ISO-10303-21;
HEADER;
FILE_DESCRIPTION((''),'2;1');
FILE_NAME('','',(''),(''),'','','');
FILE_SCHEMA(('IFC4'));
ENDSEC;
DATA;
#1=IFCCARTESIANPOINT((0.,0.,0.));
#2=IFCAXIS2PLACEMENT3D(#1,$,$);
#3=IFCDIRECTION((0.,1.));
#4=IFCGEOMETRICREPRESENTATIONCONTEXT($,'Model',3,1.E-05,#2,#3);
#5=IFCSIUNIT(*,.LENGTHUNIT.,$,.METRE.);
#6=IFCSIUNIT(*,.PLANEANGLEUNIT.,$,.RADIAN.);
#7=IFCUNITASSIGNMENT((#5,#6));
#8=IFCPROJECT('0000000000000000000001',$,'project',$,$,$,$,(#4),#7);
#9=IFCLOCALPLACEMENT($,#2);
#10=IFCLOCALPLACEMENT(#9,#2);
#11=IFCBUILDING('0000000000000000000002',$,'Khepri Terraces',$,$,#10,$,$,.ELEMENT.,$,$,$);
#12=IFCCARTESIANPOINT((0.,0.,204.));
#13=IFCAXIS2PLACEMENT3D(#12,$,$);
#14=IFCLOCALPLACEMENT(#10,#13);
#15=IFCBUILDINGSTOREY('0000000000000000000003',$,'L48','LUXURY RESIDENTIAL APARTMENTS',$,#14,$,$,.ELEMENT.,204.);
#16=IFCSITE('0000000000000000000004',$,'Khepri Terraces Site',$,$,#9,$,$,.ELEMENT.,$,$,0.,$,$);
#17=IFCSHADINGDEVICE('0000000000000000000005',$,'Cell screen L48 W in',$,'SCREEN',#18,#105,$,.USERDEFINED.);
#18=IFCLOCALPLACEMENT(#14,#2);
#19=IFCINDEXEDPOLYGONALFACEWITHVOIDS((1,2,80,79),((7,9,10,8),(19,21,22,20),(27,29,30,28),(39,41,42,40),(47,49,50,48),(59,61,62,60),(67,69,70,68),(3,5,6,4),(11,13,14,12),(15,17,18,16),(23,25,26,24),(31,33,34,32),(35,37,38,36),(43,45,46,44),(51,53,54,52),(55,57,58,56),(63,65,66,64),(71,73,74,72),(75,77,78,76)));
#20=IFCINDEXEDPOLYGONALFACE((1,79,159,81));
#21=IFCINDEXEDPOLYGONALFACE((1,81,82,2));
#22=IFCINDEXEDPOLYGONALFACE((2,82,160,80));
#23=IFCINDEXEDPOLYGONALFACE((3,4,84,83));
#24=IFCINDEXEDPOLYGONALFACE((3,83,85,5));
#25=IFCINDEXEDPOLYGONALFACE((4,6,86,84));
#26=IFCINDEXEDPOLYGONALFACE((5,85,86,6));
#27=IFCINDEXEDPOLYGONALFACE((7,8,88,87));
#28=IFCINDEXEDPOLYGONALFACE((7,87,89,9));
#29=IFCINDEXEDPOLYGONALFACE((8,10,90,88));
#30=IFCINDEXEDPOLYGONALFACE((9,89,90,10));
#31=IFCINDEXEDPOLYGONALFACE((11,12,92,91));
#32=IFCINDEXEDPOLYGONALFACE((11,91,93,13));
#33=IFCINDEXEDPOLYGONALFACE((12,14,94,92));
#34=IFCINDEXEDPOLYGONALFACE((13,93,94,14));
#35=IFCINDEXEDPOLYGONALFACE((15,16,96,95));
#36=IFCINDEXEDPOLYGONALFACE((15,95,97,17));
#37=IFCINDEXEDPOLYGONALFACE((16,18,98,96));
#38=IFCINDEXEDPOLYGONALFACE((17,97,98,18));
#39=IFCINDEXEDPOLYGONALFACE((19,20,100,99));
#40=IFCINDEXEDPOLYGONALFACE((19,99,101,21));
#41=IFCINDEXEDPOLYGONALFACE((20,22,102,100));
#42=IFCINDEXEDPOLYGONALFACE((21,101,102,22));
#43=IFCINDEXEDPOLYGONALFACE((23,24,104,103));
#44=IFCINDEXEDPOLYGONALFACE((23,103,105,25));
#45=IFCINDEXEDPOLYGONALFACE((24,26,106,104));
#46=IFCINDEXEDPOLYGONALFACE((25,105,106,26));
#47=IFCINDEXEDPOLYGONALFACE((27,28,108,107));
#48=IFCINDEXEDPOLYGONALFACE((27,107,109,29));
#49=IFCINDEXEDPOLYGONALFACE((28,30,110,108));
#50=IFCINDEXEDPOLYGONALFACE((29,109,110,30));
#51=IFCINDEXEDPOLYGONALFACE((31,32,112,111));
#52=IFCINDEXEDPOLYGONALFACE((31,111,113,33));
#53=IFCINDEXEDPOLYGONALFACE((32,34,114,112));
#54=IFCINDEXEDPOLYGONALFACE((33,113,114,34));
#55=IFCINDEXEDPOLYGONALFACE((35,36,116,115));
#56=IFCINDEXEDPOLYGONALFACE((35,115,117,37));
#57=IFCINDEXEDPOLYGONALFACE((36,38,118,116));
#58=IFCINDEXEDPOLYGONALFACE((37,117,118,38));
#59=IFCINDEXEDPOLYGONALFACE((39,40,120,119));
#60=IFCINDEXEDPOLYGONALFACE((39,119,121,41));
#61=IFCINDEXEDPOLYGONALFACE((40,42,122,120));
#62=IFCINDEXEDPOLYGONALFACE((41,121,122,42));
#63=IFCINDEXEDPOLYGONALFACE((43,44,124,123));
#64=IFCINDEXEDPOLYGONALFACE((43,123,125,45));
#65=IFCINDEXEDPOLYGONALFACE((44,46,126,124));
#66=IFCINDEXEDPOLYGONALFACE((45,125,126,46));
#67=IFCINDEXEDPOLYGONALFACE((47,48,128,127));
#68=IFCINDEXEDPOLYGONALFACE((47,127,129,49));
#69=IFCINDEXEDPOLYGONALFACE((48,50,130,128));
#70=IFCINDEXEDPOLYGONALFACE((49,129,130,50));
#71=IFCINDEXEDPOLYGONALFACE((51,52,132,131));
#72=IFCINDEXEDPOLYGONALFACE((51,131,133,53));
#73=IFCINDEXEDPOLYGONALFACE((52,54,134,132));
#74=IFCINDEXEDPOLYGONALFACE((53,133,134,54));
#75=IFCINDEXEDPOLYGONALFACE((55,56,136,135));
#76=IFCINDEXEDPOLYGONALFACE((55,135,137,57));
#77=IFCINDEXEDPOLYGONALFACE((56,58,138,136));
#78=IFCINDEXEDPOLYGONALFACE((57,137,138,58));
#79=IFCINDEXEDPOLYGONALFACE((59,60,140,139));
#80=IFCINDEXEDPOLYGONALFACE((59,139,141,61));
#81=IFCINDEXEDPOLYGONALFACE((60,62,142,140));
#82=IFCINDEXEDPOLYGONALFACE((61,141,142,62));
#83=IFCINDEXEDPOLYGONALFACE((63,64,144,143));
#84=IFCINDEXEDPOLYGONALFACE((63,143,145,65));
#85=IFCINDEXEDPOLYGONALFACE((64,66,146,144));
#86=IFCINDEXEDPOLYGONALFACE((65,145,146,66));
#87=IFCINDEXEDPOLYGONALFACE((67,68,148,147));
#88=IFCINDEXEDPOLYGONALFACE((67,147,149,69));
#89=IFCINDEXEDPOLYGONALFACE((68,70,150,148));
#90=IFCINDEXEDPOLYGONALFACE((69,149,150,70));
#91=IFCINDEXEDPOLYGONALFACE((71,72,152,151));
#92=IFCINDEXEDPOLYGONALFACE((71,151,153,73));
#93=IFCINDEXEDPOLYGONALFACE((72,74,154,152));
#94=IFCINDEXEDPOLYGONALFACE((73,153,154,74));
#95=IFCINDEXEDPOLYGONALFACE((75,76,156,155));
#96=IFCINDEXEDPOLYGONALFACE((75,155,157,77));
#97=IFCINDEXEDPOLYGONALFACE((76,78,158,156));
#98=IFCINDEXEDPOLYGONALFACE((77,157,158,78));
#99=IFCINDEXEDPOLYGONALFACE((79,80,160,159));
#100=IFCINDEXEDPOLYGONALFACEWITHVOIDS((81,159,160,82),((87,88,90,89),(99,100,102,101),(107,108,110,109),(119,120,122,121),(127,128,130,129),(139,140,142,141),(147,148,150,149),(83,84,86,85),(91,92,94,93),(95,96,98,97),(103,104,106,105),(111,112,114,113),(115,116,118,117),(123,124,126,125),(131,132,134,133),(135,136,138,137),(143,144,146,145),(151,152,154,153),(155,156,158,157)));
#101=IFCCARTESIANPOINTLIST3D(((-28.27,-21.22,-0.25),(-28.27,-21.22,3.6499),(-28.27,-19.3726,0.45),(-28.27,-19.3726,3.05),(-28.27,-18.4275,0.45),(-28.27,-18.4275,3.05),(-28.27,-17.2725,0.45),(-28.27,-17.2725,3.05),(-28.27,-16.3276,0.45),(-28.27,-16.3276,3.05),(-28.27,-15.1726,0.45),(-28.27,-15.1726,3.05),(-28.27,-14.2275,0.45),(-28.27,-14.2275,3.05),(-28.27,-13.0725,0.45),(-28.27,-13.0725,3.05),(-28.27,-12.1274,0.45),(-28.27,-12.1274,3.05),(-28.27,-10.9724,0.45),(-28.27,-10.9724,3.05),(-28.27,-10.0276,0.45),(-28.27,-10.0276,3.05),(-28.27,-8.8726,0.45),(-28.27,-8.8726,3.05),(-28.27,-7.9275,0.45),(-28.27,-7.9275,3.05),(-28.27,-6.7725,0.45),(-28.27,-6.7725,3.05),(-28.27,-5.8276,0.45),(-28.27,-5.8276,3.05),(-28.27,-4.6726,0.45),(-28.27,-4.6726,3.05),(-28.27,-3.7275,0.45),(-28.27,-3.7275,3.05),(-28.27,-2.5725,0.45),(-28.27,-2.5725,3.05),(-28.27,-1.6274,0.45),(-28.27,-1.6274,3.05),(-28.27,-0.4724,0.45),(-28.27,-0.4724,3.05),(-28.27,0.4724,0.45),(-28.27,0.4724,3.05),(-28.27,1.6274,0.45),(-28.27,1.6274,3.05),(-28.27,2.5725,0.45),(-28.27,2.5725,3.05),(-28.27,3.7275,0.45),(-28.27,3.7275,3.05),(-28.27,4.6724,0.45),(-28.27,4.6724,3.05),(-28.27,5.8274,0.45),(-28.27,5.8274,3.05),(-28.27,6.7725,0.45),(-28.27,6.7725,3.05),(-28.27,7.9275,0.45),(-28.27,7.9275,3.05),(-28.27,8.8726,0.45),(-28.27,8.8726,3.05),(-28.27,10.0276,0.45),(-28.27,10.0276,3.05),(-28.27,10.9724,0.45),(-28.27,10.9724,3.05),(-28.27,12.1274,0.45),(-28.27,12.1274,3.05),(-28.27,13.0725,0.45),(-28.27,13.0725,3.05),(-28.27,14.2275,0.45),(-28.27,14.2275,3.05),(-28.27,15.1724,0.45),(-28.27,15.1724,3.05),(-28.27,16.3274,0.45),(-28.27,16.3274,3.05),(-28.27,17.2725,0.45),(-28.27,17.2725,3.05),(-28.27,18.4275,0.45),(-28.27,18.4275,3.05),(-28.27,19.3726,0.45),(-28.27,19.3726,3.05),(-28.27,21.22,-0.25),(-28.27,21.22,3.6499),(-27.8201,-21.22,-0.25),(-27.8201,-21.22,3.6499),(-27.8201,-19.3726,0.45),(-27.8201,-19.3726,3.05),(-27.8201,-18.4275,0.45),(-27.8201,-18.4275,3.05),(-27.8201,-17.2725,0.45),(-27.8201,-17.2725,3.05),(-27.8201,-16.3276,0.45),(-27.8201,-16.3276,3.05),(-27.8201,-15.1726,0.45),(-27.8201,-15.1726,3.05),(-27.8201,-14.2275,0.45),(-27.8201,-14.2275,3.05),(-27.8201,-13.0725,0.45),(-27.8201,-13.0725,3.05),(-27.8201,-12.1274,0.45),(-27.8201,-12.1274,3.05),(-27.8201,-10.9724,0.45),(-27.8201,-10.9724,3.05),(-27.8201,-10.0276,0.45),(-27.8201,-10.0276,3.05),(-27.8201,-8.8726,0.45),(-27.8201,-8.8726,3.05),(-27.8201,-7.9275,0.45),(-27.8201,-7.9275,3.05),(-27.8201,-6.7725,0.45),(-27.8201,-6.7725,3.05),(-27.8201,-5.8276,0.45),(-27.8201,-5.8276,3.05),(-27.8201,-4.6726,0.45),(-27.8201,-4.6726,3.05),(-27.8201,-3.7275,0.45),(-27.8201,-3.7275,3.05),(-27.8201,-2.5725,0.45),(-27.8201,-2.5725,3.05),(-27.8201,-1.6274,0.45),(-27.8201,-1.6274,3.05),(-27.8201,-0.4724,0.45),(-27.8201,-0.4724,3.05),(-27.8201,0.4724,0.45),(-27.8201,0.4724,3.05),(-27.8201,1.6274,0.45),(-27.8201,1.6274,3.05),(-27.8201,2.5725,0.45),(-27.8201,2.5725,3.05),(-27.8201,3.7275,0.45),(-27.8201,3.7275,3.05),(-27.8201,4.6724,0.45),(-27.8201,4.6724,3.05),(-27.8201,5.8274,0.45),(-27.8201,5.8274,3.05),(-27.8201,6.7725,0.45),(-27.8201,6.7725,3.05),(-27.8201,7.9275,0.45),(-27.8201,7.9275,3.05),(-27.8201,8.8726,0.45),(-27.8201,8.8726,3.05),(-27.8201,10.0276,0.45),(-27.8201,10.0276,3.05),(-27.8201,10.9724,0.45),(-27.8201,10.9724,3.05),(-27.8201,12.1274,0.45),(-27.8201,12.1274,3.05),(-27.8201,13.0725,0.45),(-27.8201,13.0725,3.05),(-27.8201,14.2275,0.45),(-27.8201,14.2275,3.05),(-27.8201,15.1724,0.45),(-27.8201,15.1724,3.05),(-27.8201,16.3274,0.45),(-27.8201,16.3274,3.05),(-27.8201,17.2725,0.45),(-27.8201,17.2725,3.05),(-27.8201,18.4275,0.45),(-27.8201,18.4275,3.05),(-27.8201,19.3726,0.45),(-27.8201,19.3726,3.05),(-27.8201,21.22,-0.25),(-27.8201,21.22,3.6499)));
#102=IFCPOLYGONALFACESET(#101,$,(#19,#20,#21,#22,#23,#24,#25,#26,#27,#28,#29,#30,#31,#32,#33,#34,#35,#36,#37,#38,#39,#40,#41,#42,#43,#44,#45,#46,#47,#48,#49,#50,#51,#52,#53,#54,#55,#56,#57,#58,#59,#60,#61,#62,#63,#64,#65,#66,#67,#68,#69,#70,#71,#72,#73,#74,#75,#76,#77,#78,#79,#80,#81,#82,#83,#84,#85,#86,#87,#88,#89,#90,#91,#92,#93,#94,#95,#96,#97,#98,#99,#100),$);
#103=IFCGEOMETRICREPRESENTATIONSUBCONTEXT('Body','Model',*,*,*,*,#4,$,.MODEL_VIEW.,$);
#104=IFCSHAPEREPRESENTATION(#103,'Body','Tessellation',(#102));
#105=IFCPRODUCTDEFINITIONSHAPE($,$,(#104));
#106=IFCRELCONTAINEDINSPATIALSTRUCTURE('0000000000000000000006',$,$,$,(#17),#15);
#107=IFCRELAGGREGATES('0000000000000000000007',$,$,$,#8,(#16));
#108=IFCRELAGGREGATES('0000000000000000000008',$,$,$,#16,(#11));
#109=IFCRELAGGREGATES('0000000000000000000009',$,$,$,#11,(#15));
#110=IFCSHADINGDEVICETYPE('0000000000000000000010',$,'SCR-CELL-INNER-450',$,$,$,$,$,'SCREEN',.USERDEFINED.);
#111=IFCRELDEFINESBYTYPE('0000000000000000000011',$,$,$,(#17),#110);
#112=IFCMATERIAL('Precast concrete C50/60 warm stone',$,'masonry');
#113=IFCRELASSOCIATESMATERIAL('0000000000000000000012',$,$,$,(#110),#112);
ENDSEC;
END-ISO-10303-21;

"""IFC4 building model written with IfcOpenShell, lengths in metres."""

from ifc_helpers import new_model, si_unit, direction, frame, origin, place, context, subcontext, project, spatial, polyline, outline, extrude, material, type_object, element, save


model = new_model("IFC4")

# Units and contexts
model_context = context("Model", 3, precision=1e-05, world=origin(), true_north=direction((0.0, 1.0)))
body_context = subcontext(model_context, "Body", "Model", "MODEL_VIEW")
ifc_project = project(units=[si_unit("LENGTHUNIT", "METRE"), si_unit("PLANEANGLEUNIT", "RADIAN")], contexts=[model_context])

# Site, building, storey
site_placement = place(None, origin())
site = spatial("IfcSite", under=ifc_project, at=site_placement, Name="Khepri Terraces Site", CompositionType="ELEMENT", RefElevation=0.0)
building_placement = place(site_placement, origin())
building = spatial("IfcBuilding", under=site, at=building_placement, Name="Khepri Terraces", CompositionType="ELEMENT")
storey_placement = place(building_placement, frame((0.0, 0.0, 204.0)))
storey = spatial("IfcBuildingStorey", under=building, at=storey_placement, Name="L48", Description="LUXURY RESIDENTIAL APARTMENTS", CompositionType="ELEMENT", Elevation=204.0)

# Shared definitions
ifc_material_1 = material(Name="Precast concrete C50/60 warm stone", Category="masonry")

# Shading device
shading_device_type_1 = type_object("IfcShadingDeviceType", Name="SCR-CELL-INNER-450", ElementType="SCREEN", PredefinedType="USERDEFINED", material=ifc_material_1)
shading_device_1_placement = place(storey_placement, frame((-27.8201, 21.22, -0.25), z_axis=(-1.0, 0.0, 0.0), x_axis=(0.0, -1.0, 0.0)))
element("IfcShadingDevice", 1, at=shading_device_1_placement, inside=storey, type_object=shading_device_type_1, Name="Cell screen L48 W in", ObjectType="SCREEN", PredefinedType="USERDEFINED", context=body_context, shape_type="SweptSolid", body=[
    extrude(outline(polyline([(0.0, 0.0), (42.4399, 0.0), (42.4399, 3.8999), (0.0, 3.8999), (0.0, 0.0)]), holes=[polyline([(1.8474, 0.7), (2.7925, 0.7), (2.7925, 3.3), (1.8474, 3.3), (1.8474, 0.7)]), polyline([(3.9475, 0.7), (4.8926, 0.7), (4.8926, 3.3), (3.9475, 3.3), (3.9475, 0.7)]), polyline([(6.0476, 0.7), (6.9924, 0.7), (6.9924, 3.3), (6.0476, 3.3), (6.0476, 0.7)]), polyline([(8.1475, 0.7), (9.0925, 0.7), (9.0925, 3.3), (8.1475, 3.3), (8.1475, 0.7)]), polyline([(10.2476, 0.7), (11.1924, 0.7), (11.1924, 3.3), (10.2476, 3.3), (10.2476, 0.7)]), polyline([(12.3474, 0.7), (13.2925, 0.7), (13.2925, 3.3), (12.3474, 3.3), (12.3474, 0.7)]), polyline([(14.4475, 0.7), (15.3926, 0.7), (15.3926, 3.3), (14.4475, 3.3), (14.4475, 0.7)]), polyline([(16.5476, 0.7), (17.4924, 0.7), (17.4924, 3.3), (16.5476, 3.3), (16.5476, 0.7)]), polyline([(18.6475, 0.7), (19.5925, 0.7), (19.5925, 3.3), (18.6475, 3.3), (18.6475, 0.7)]), polyline([(20.7476, 0.7), (21.6924, 0.7), (21.6924, 3.3), (20.7476, 3.3), (20.7476, 0.7)]), polyline([(22.8474, 0.7), (23.7925, 0.7), (23.7925, 3.3), (22.8474, 3.3), (22.8474, 0.7)]), polyline([(24.9475, 0.7), (25.8926, 0.7), (25.8926, 3.3), (24.9475, 3.3), (24.9475, 0.7)]), polyline([(27.0476, 0.7), (27.9924, 0.7), (27.9924, 3.3), (27.0476, 3.3), (27.0476, 0.7)]), polyline([(29.1475, 0.7), (30.0925, 0.7), (30.0925, 3.3), (29.1475, 3.3), (29.1475, 0.7)]), polyline([(31.2476, 0.7), (32.1924, 0.7), (32.1924, 3.3), (31.2476, 3.3), (31.2476, 0.7)]), polyline([(33.3474, 0.7), (34.2925, 0.7), (34.2925, 3.3), (33.3474, 3.3), (33.3474, 0.7)]), polyline([(35.4475, 0.7), (36.3926, 0.7), (36.3926, 3.3), (35.4475, 3.3), (35.4475, 0.7)]), polyline([(37.5476, 0.7), (38.4924, 0.7), (38.4924, 3.3), (37.5476, 3.3), (37.5476, 0.7)]), polyline([(39.6475, 0.7), (40.5925, 0.7), (40.5925, 3.3), (39.6475, 3.3), (39.6475, 0.7)])]), origin(), (0.0, 0.0, 1.0), 0.45),
])

save(model, "model.ifc")
